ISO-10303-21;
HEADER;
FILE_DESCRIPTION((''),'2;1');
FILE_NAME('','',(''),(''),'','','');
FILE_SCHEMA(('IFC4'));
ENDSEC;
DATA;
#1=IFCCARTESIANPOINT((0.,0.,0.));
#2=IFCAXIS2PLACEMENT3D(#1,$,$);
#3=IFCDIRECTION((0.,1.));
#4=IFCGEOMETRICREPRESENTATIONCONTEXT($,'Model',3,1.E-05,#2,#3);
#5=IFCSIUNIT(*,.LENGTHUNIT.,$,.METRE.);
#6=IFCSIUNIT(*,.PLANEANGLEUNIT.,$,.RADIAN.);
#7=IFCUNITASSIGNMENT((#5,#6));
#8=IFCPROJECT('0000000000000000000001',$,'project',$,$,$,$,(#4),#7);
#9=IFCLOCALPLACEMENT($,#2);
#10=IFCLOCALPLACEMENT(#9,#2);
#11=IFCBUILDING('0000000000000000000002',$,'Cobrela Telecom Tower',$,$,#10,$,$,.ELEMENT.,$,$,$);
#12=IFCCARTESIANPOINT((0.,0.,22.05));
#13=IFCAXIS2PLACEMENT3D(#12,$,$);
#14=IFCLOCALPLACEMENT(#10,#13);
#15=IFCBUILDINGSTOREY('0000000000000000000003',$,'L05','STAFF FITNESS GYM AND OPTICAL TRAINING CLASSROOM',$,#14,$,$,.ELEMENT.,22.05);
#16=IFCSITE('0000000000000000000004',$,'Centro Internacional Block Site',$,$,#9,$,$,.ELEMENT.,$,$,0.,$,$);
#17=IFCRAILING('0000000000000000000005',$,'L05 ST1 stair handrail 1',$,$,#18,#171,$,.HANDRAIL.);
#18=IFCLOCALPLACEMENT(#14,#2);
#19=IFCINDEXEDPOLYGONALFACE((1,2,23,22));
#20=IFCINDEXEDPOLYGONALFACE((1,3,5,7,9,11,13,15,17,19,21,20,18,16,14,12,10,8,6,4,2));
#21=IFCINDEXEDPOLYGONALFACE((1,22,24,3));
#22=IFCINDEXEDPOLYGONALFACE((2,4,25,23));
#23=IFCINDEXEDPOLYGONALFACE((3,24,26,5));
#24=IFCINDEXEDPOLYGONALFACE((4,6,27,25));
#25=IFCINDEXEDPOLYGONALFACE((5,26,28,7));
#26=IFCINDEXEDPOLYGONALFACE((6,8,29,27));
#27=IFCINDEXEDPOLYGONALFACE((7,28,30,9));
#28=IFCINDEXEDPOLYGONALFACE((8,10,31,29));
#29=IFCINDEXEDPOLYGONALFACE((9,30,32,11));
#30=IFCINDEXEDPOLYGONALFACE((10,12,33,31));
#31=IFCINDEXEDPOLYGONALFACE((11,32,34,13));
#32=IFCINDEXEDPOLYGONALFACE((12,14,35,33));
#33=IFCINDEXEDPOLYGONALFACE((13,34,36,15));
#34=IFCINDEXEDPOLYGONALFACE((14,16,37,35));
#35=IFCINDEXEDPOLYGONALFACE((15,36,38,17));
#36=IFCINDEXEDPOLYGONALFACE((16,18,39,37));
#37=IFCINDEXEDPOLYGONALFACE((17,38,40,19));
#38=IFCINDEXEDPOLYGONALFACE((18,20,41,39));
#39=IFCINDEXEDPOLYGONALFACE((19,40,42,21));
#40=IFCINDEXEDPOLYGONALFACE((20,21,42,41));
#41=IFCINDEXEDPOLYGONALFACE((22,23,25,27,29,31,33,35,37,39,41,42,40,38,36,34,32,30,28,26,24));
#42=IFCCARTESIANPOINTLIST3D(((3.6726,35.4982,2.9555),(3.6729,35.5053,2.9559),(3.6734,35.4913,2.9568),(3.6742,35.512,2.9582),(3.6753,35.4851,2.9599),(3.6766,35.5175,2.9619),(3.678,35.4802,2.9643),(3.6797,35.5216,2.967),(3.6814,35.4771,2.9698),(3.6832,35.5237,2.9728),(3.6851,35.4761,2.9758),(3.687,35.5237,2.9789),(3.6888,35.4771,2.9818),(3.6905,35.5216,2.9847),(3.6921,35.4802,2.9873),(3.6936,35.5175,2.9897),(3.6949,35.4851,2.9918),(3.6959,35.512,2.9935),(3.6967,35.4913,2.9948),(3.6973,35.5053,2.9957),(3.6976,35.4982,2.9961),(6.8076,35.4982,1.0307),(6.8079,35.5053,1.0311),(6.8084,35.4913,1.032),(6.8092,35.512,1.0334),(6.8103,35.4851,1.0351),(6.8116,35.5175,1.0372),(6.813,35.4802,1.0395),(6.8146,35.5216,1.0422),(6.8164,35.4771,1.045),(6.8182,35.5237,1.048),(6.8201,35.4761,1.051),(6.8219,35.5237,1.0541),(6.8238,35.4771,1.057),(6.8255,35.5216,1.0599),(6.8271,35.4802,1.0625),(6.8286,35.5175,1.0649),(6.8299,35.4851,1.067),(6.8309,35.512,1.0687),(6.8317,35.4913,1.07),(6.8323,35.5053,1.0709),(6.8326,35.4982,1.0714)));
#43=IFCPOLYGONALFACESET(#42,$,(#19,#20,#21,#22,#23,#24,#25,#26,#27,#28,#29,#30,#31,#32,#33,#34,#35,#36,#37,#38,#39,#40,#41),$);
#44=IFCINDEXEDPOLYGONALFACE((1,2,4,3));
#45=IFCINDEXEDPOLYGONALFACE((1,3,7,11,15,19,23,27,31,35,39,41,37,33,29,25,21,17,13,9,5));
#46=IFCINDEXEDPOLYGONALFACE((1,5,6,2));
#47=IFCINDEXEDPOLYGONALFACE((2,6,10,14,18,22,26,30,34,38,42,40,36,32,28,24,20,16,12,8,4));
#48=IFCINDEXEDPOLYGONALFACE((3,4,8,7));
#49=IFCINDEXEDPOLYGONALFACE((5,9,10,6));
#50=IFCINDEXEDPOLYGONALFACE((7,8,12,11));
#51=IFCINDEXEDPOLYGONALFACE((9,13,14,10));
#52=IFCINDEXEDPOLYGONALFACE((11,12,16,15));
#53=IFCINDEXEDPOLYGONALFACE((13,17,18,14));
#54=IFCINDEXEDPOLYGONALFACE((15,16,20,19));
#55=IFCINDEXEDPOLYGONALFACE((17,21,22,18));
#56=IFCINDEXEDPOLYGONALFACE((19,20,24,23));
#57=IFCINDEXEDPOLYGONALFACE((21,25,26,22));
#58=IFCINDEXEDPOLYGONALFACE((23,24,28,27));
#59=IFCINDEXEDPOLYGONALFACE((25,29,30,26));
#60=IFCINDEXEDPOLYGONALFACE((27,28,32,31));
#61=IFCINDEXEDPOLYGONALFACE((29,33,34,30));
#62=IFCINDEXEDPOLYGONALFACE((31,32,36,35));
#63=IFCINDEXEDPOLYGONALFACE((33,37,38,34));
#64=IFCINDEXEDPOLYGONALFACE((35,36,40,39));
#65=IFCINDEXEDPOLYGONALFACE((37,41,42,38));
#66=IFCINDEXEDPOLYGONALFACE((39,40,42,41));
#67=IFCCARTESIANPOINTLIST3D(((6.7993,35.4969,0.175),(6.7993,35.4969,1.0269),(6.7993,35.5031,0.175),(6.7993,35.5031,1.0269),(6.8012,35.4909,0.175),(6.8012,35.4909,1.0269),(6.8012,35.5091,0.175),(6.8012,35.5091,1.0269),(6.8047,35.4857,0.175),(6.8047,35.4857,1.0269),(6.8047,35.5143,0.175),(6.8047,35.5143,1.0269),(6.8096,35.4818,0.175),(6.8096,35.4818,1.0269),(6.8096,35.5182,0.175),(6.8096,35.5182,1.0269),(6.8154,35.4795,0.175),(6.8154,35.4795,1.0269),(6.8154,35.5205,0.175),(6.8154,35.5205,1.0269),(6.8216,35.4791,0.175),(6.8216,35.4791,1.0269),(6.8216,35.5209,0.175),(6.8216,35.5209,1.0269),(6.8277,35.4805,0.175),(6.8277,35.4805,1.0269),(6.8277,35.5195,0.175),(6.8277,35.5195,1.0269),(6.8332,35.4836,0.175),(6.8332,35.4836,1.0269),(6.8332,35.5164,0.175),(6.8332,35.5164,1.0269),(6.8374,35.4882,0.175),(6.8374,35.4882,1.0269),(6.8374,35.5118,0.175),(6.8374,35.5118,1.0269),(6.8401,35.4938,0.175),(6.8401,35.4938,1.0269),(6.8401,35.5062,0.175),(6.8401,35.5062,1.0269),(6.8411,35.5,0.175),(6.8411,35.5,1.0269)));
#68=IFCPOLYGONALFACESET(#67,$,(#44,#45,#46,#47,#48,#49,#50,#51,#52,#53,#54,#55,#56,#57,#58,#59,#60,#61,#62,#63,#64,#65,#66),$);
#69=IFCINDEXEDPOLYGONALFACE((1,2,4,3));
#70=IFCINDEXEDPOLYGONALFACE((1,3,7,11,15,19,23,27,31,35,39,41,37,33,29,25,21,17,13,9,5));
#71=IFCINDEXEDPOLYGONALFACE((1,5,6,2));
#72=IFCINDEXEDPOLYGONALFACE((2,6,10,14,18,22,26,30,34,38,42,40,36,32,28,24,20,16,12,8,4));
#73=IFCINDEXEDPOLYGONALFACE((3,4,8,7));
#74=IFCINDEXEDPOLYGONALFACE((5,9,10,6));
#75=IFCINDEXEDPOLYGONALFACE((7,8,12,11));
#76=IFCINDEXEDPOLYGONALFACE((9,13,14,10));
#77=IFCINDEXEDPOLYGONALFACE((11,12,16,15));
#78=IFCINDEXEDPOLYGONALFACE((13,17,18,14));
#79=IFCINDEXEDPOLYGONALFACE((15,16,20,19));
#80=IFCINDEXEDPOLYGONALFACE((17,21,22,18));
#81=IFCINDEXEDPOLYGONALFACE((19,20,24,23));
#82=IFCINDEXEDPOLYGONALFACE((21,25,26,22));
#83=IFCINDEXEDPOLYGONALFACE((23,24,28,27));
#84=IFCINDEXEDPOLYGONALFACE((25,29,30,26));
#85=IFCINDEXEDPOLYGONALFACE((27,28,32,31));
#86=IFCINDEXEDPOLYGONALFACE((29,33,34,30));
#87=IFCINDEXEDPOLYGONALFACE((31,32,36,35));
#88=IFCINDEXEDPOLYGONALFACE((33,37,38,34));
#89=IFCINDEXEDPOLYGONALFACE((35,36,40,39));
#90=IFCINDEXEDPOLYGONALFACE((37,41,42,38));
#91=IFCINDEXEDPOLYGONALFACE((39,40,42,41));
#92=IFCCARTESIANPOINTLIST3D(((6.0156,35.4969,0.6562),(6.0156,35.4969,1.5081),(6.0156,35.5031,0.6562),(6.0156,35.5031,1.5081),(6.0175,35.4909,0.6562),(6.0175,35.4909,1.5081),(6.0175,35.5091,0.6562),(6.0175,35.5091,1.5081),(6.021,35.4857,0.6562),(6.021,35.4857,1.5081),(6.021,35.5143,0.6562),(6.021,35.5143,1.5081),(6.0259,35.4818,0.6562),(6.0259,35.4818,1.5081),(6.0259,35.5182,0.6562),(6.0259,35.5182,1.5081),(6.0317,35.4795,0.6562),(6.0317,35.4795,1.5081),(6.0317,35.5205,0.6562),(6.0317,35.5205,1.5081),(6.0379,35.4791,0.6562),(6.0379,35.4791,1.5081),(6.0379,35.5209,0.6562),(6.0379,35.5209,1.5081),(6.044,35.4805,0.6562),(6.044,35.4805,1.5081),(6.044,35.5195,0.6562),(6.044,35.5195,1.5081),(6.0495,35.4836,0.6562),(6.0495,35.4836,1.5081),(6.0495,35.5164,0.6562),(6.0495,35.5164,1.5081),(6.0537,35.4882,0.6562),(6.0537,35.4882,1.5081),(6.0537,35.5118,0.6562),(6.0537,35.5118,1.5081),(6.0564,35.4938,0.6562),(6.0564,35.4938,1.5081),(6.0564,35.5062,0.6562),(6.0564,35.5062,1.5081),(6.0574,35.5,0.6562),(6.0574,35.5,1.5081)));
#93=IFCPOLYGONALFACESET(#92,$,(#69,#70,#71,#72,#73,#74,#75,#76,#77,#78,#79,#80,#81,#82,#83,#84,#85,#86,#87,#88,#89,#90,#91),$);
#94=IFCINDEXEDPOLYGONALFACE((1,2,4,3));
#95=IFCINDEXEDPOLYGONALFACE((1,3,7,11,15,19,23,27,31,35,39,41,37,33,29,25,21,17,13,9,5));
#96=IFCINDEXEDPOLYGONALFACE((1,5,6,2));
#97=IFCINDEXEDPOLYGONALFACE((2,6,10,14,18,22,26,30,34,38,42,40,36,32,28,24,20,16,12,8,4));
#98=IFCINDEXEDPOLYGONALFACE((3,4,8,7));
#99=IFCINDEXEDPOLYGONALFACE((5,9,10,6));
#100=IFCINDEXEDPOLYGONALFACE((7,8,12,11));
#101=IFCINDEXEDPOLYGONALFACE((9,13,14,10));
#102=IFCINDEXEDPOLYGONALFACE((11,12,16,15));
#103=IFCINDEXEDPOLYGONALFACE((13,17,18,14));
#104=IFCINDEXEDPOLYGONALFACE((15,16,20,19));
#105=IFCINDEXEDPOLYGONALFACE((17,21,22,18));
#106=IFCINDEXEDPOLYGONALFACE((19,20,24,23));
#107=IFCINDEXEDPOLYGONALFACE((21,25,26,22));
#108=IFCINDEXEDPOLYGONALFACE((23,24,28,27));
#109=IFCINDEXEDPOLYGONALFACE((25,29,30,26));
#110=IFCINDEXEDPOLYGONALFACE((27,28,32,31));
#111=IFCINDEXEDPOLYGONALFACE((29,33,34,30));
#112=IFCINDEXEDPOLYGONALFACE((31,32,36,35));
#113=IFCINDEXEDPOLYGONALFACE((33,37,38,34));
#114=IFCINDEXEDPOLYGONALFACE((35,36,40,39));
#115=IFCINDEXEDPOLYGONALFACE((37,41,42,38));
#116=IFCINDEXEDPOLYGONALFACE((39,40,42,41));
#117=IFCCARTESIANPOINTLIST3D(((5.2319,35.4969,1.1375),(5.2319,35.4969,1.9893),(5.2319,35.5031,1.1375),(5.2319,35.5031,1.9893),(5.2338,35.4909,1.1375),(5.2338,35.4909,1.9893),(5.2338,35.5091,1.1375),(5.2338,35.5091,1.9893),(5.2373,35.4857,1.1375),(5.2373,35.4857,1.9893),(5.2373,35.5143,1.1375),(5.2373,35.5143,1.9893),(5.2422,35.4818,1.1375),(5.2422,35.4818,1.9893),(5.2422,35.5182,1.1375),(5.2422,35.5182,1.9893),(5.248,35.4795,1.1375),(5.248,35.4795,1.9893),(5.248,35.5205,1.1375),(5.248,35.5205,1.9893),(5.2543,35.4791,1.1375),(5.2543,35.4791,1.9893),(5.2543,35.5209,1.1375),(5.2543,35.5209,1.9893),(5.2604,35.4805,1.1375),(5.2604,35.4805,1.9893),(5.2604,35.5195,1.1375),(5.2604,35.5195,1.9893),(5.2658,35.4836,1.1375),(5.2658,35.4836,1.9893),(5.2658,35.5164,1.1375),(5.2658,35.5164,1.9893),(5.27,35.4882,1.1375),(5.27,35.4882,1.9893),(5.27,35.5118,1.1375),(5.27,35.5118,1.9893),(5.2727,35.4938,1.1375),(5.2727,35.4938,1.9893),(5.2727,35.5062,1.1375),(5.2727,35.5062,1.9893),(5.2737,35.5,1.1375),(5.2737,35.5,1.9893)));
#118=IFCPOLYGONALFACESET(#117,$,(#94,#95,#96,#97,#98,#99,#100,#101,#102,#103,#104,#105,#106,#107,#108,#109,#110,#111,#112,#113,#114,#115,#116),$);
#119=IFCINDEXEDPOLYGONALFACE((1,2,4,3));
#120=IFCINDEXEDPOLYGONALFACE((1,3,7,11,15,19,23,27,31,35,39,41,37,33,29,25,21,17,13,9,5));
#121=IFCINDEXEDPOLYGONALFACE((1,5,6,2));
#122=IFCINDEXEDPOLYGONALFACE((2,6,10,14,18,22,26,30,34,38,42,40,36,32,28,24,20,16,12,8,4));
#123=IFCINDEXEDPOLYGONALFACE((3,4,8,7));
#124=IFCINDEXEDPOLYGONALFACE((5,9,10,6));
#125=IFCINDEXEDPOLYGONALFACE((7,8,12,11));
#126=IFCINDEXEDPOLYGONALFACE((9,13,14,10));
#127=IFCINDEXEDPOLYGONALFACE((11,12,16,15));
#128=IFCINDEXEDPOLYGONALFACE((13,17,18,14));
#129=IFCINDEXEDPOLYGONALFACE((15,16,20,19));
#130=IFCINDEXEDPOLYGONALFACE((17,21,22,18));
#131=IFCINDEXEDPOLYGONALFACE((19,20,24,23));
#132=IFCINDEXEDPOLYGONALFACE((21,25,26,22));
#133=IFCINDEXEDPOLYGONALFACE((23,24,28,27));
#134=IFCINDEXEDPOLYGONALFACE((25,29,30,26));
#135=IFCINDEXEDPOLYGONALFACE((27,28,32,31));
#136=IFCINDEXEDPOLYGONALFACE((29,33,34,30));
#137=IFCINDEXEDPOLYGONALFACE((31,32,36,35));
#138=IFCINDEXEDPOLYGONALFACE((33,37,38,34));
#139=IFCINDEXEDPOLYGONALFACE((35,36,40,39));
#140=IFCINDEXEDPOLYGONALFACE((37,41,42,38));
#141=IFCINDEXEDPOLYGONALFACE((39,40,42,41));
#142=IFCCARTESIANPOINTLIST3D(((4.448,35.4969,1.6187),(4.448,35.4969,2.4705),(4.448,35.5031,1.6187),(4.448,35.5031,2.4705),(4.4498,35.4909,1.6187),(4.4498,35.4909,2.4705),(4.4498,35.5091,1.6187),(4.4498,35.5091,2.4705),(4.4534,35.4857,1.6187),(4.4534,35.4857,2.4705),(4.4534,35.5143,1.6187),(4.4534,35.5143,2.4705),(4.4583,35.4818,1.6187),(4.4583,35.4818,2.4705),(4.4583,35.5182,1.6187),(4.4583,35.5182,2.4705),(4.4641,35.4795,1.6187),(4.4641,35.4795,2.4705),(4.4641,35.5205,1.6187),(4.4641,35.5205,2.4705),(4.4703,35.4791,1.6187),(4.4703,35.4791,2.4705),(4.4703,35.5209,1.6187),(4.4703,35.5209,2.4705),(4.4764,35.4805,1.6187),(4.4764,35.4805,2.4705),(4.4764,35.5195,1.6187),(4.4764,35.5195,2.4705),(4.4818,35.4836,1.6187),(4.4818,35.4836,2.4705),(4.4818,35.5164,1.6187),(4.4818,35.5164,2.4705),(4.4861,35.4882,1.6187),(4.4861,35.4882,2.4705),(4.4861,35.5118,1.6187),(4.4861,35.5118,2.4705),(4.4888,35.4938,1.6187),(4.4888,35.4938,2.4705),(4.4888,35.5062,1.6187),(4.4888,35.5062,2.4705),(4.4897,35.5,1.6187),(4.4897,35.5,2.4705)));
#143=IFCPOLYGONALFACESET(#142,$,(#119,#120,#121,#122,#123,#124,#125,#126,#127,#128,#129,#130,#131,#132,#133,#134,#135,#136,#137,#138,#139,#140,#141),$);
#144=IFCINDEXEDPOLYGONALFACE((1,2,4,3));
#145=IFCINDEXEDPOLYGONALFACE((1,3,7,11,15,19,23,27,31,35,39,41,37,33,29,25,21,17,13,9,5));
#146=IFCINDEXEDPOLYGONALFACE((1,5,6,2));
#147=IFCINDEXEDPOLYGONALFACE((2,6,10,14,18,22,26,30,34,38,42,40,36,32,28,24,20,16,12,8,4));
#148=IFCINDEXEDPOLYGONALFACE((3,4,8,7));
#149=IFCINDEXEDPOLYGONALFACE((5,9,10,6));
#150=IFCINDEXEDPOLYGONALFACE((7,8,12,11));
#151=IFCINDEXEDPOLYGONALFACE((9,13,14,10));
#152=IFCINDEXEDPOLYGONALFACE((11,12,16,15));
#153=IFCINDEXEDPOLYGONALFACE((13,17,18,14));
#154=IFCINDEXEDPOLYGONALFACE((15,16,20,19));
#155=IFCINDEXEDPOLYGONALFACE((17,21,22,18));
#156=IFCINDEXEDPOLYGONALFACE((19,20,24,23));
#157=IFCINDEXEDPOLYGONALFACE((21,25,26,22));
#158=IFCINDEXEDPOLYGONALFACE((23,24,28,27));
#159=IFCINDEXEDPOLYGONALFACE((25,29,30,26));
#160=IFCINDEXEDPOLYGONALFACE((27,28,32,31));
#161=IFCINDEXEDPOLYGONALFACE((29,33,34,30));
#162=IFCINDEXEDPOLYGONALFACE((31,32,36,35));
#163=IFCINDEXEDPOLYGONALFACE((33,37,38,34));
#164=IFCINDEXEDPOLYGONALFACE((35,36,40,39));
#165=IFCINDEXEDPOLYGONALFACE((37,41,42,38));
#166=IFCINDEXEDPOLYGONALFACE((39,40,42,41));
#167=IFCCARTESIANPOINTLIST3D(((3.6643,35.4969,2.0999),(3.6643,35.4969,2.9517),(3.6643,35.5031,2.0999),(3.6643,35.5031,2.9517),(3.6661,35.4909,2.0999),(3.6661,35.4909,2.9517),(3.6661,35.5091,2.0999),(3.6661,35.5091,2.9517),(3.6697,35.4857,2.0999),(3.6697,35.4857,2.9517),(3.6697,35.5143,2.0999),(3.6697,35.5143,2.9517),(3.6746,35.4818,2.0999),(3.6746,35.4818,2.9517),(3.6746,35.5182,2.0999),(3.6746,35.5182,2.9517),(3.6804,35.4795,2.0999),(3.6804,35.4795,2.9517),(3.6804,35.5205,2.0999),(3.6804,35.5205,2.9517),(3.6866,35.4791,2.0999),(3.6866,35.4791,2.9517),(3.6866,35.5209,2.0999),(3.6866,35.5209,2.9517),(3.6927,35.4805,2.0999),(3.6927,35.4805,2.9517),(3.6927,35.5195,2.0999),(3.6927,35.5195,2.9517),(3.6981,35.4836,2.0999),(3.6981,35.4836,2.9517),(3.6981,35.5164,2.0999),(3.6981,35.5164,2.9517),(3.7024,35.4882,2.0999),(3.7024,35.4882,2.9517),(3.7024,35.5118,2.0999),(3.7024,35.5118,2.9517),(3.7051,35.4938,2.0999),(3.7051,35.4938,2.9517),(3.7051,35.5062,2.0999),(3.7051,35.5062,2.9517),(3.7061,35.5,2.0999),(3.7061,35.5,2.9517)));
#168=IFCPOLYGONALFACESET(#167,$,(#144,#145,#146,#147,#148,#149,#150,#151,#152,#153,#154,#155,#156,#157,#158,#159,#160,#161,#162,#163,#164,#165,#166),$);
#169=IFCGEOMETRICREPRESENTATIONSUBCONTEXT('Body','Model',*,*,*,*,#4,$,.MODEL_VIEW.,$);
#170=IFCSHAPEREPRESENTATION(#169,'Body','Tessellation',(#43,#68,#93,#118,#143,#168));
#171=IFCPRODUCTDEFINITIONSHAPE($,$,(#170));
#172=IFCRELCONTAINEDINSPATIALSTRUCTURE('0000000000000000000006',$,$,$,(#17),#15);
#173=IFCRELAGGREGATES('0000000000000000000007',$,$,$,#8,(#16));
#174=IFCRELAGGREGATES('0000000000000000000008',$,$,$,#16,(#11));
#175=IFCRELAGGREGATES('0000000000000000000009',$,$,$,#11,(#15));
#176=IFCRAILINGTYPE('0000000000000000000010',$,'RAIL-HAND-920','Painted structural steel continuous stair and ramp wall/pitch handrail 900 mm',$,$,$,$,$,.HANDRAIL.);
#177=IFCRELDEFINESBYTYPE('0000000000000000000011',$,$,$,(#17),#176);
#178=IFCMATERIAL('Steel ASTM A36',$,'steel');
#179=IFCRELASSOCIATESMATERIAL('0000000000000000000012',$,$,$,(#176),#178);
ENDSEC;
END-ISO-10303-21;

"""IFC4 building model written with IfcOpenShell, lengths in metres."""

from ifc_helpers import new_model, si_unit, direction, frame, origin, origin_2d, place, context, subcontext, project, spatial, circle, extrude, material, type_object, element, save


model = new_model("IFC4")

# Units and contexts
model_context = context("Model", 3, precision=1e-05, world=origin(), true_north=direction((0.0, 1.0)))
body_context = subcontext(model_context, "Body", "Model", "MODEL_VIEW")
ifc_project = project(units=[si_unit("LENGTHUNIT", "METRE"), si_unit("PLANEANGLEUNIT", "RADIAN")], contexts=[model_context])

# Site, building, storey
site_placement = place(None, origin())
site = spatial("IfcSite", under=ifc_project, at=site_placement, Name="Centro Internacional Block Site", CompositionType="ELEMENT", RefElevation=0.0)
building_placement = place(site_placement, origin())
building = spatial("IfcBuilding", under=site, at=building_placement, Name="Cobrela Telecom Tower", CompositionType="ELEMENT")
storey_placement = place(building_placement, frame((0.0, 0.0, 22.05)))
storey = spatial("IfcBuildingStorey", under=building, at=storey_placement, Name="L05", Description="STAFF FITNESS GYM AND OPTICAL TRAINING CLASSROOM", CompositionType="ELEMENT", Elevation=22.05)

# Shared definitions
ifc_material_1 = material(Name="Steel ASTM A36", Category="steel")

# Railing
railing_type_1 = type_object("IfcRailingType", Name="RAIL-HAND-920", Description="Painted structural steel continuous stair and ramp wall/pitch handrail 900 mm", PredefinedType="HANDRAIL", material=ifc_material_1)
railing_1_placement = place(storey_placement, frame((6.8201, 35.5, 0.175)))
element("IfcRailing", 1, at=railing_1_placement, inside=storey, type_object=railing_type_1, Name="L05 ST1 stair handrail 1", PredefinedType="HANDRAIL", context=body_context, shape_type="SweptSolid", body=[
    extrude(circle(Radius=0.0239, at=origin_2d()), frame((0.0, 0.0, 0.876), z_axis=(-0.852196, 0.0, 0.523223), x_axis=(0.0, -1.0, 0.0)), (0.0, 0.0, 1.0), 3.6787),
    extrude(circle(Radius=0.021, at=origin_2d()), origin(), (0.0, 0.0, 1.0), 0.8518),
    extrude(circle(Radius=0.021, at=origin_2d()), frame((-0.7837, 0.0, 0.4812)), (0.0, 0.0, 1.0), 0.8518),
    extrude(circle(Radius=0.021, at=origin_2d()), frame((-1.5674, 0.0, 0.9624)), (0.0, 0.0, 1.0), 0.8518),
    extrude(circle(Radius=0.021, at=origin_2d()), frame((-2.3513, 0.0, 1.4436)), (0.0, 0.0, 1.0), 0.8518),
    extrude(circle(Radius=0.021, at=origin_2d()), frame((-3.135, 0.0, 1.9248)), (0.0, 0.0, 1.0), 0.8518),
])

save(model, "model.ifc")
